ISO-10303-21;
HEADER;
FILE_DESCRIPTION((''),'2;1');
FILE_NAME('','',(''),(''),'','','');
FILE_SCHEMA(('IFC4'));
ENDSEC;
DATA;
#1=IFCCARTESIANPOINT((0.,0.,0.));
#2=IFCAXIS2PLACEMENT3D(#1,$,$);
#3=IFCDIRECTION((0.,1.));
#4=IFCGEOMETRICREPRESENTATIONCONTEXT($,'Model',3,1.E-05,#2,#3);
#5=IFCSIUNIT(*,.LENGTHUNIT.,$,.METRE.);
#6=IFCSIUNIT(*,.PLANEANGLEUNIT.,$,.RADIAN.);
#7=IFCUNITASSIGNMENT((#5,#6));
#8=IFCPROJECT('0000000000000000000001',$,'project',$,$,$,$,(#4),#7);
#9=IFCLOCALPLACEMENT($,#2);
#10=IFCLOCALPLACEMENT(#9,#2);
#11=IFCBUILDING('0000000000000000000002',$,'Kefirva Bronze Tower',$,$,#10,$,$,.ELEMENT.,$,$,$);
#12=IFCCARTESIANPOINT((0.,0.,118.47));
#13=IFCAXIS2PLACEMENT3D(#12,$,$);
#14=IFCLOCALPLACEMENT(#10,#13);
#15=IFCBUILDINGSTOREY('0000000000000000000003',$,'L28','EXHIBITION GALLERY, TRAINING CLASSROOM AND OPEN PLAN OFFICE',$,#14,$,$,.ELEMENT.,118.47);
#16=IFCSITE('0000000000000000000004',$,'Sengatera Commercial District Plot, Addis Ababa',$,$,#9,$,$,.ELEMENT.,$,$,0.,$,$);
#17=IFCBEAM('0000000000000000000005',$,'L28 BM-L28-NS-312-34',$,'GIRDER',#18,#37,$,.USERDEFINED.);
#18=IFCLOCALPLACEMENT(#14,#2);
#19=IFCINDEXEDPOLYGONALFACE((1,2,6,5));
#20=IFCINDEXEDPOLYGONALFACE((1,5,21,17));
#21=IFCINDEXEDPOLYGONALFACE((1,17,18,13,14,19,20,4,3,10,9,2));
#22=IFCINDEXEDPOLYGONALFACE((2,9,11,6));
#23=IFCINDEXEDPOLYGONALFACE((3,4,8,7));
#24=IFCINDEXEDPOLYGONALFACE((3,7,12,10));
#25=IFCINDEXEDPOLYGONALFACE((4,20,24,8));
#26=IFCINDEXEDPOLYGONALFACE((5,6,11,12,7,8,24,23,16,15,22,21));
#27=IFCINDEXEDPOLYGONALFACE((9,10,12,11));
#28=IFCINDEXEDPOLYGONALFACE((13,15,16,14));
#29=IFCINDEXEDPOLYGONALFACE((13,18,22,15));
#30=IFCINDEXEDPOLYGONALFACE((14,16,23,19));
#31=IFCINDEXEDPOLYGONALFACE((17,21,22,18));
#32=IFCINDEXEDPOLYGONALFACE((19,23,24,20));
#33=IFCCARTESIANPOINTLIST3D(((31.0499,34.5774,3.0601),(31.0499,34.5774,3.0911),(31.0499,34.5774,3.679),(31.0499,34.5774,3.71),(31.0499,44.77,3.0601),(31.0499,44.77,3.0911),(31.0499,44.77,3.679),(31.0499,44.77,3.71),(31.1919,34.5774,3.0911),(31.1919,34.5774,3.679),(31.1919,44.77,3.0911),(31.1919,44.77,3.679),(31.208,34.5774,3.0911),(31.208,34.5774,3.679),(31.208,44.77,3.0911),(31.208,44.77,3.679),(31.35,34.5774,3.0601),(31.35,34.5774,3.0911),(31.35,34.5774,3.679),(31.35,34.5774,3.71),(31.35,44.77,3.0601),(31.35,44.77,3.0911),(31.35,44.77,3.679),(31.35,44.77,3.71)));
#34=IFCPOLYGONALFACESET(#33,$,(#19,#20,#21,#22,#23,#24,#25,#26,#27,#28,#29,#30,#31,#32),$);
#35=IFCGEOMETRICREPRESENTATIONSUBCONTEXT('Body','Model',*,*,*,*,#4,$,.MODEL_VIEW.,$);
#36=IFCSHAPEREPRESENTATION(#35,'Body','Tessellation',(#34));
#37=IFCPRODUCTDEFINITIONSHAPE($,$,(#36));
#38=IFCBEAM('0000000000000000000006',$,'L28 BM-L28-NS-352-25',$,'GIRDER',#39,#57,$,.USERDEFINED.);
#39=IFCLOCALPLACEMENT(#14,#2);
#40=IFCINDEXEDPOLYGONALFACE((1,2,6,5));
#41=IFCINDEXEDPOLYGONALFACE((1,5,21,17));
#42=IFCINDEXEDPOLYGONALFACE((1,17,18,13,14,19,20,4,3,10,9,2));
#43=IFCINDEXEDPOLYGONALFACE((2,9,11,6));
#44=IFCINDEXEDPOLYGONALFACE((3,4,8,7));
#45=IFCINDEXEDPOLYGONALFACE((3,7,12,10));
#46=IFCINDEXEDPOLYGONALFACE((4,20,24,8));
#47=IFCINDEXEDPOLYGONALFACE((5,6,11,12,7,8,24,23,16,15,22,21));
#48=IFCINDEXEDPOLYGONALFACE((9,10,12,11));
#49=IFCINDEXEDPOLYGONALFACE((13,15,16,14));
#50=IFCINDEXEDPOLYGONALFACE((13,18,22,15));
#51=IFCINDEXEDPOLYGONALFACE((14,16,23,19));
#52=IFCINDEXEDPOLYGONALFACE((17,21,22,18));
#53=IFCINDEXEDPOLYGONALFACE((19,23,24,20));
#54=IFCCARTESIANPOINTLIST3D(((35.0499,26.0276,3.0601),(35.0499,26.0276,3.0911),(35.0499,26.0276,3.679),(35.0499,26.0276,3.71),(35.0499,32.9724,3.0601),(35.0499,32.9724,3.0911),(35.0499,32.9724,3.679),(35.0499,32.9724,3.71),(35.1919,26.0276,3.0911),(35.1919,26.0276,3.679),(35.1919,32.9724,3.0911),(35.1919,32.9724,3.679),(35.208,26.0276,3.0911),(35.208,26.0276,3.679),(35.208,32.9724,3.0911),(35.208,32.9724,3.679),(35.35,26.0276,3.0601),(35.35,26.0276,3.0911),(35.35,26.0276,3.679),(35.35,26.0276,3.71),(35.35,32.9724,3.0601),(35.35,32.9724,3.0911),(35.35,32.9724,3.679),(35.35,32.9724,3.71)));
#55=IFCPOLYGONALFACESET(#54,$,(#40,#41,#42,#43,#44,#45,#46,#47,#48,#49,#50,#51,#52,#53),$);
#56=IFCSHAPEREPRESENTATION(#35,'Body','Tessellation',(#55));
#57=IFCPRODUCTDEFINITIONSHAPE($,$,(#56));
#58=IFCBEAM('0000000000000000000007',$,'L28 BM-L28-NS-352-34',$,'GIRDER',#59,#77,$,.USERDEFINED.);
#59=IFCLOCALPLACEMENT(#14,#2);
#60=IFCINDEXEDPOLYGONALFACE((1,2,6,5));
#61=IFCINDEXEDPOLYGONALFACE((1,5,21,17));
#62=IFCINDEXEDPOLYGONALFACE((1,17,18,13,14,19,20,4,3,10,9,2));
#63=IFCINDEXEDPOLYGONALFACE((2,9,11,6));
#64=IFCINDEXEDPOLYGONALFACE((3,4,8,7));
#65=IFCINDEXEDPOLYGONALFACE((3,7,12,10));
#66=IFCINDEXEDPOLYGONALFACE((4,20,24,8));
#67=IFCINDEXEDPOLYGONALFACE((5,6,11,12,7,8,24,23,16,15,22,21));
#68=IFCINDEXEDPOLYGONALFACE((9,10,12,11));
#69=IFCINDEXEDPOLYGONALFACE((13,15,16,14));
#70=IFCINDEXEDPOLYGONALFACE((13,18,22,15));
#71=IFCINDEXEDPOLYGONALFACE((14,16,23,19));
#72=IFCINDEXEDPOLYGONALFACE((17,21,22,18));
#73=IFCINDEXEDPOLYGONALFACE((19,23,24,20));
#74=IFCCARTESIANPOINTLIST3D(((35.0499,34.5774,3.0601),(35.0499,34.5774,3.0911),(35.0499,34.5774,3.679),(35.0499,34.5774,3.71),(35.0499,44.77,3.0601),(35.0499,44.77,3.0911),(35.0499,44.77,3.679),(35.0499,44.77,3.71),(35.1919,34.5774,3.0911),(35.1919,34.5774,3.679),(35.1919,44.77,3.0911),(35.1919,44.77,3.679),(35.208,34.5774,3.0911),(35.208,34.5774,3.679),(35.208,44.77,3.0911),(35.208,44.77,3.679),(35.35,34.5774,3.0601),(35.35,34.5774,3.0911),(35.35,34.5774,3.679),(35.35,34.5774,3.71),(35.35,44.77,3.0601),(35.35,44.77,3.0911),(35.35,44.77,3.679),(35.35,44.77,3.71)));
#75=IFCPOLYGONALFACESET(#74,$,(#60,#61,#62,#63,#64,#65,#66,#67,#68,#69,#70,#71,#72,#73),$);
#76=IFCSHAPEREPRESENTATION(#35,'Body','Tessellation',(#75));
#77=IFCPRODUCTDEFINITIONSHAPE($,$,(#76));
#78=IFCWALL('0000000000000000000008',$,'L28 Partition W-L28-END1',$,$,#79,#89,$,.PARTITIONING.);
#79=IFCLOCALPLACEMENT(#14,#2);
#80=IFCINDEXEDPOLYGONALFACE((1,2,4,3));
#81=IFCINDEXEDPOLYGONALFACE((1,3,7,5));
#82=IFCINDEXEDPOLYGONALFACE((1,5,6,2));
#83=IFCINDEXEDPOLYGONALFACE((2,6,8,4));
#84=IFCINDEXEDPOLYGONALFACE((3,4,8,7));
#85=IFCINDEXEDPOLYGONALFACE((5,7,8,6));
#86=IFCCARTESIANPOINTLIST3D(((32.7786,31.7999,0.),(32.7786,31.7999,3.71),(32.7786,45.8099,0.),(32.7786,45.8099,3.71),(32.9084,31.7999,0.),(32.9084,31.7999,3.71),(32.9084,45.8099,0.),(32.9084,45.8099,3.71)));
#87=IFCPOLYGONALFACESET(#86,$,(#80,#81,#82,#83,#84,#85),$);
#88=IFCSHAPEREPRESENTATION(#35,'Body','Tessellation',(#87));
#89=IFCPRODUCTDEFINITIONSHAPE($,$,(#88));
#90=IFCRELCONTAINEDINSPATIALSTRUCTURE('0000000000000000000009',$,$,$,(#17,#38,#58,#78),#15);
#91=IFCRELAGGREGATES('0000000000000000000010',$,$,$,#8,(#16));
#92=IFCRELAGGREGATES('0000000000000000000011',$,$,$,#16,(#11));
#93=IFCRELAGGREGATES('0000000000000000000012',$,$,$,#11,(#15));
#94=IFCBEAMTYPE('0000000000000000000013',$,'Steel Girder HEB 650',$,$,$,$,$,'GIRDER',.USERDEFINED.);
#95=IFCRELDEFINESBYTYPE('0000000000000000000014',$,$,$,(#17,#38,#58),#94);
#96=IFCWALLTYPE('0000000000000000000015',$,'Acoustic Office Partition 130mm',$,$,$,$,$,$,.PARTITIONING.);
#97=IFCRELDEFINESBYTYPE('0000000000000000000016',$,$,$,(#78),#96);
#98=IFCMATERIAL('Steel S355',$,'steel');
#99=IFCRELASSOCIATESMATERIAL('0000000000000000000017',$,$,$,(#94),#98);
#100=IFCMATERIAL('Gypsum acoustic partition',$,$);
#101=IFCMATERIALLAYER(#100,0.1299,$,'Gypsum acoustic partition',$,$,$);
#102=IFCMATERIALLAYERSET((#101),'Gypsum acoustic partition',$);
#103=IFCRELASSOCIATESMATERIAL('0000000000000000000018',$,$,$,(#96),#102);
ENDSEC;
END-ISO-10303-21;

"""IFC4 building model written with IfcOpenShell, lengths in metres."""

from ifc_helpers import new_model, si_unit, direction, frame, frame_2d, origin, origin_2d, place, context, subcontext, project, spatial, rectangle, i_section, extrude, material, layer, layer_set, material_profile, profile_set, type_object, element, save


model = new_model("IFC4")

# Units and contexts
model_context = context("Model", 3, precision=1e-05, world=origin(), true_north=direction((0.0, 1.0)))
body_context = subcontext(model_context, "Body", "Model", "MODEL_VIEW")
ifc_project = project(units=[si_unit("LENGTHUNIT", "METRE"), si_unit("PLANEANGLEUNIT", "RADIAN")], contexts=[model_context])

# Site, building, storey
site_placement = place(None, origin())
site = spatial("IfcSite", under=ifc_project, at=site_placement, Name="Sengatera Commercial District Plot, Addis Ababa", CompositionType="ELEMENT", RefElevation=0.0)
building_placement = place(site_placement, origin())
building = spatial("IfcBuilding", under=site, at=building_placement, Name="Kefirva Bronze Tower", CompositionType="ELEMENT")
storey_placement = place(building_placement, frame((0.0, 0.0, 118.47)))
storey = spatial("IfcBuildingStorey", under=building, at=storey_placement, Name="L28", Description="EXHIBITION GALLERY, TRAINING CLASSROOM AND OPEN PLAN OFFICE", CompositionType="ELEMENT", Elevation=118.47)

# Beams
ifc_material_1 = material(Name="Steel S355", Category="steel")
ifc_material_profile_1 = material_profile(ifc_material_1, i_section(OverallWidth=0.3, OverallDepth=0.6499, WebThickness=0.0161, FlangeThickness=0.031, at=origin_2d()), Name="HEB 650")
ifc_profile_set_1 = profile_set([ifc_material_profile_1], Name="Steel S355")
beam_type_1 = type_object("IfcBeamType", Name="Steel Girder HEB 650", ElementType="GIRDER", PredefinedType="USERDEFINED", material=ifc_profile_set_1)
beam_1_placement = place(storey_placement, frame((31.2, 34.5774, 3.385), z_axis=(0.0, 1.0, 0.0), x_axis=(-1.0, 0.0, 0.0)))
element("IfcBeam", 1, at=beam_1_placement, inside=storey, type_object=beam_type_1, Name="L28 BM-L28-NS-312-34", ObjectType="GIRDER", PredefinedType="USERDEFINED", context=body_context, shape_type="SweptSolid", body=[
    extrude(i_section(OverallWidth=0.3, OverallDepth=0.6499, WebThickness=0.0161, FlangeThickness=0.031, at=origin_2d()), origin(), (0.0, 0.0, 1.0), 10.1926),
])
beam_2_placement = place(storey_placement, frame((35.2, 26.0276, 3.385), z_axis=(0.0, 1.0, 0.0), x_axis=(-1.0, 0.0, 0.0)))
element("IfcBeam", 2, at=beam_2_placement, inside=storey, type_object=beam_type_1, Name="L28 BM-L28-NS-352-25", ObjectType="GIRDER", PredefinedType="USERDEFINED", context=body_context, shape_type="SweptSolid", body=[
    extrude(i_section(OverallWidth=0.3, OverallDepth=0.6499, WebThickness=0.0161, FlangeThickness=0.031, at=origin_2d()), origin(), (0.0, 0.0, 1.0), 6.9448),
])
beam_3_placement = place(storey_placement, frame((35.2, 34.5774, 3.385), z_axis=(0.0, 1.0, 0.0), x_axis=(-1.0, 0.0, 0.0)))
element("IfcBeam", 3, at=beam_3_placement, inside=storey, type_object=beam_type_1, Name="L28 BM-L28-NS-352-34", ObjectType="GIRDER", PredefinedType="USERDEFINED", context=body_context, shape_type="SweptSolid", body=[
    extrude(i_section(OverallWidth=0.3, OverallDepth=0.6499, WebThickness=0.0161, FlangeThickness=0.031, at=origin_2d()), origin(), (0.0, 0.0, 1.0), 10.1926),
])

# Wall
ifc_material_2 = material(Name="Gypsum acoustic partition")
ifc_layer = layer(ifc_material_2, 0.1299, Name="Gypsum acoustic partition")
ifc_layer_set = layer_set([ifc_layer], Name="Gypsum acoustic partition")
wall_type = type_object("IfcWallType", Name="Acoustic Office Partition 130mm", PredefinedType="PARTITIONING", material=ifc_layer_set)
wall_placement = place(storey_placement, frame((32.8435, 31.8, 0.0), z_axis=(0.0, 0.0, 1.0), x_axis=(0.0, 1.0, 0.0)))
element("IfcWall", 4, at=wall_placement, inside=storey, type_object=wall_type, Name="L28 Partition W-L28-END1", PredefinedType="PARTITIONING", context=body_context, shape_type="SweptSolid", body=[
    extrude(rectangle(XDim=14.01, YDim=0.1299, at=frame_2d((7.0049, 0.0))), origin(), (0.0, 0.0, 1.0), 3.71),
])

save(model, "model.ifc")
